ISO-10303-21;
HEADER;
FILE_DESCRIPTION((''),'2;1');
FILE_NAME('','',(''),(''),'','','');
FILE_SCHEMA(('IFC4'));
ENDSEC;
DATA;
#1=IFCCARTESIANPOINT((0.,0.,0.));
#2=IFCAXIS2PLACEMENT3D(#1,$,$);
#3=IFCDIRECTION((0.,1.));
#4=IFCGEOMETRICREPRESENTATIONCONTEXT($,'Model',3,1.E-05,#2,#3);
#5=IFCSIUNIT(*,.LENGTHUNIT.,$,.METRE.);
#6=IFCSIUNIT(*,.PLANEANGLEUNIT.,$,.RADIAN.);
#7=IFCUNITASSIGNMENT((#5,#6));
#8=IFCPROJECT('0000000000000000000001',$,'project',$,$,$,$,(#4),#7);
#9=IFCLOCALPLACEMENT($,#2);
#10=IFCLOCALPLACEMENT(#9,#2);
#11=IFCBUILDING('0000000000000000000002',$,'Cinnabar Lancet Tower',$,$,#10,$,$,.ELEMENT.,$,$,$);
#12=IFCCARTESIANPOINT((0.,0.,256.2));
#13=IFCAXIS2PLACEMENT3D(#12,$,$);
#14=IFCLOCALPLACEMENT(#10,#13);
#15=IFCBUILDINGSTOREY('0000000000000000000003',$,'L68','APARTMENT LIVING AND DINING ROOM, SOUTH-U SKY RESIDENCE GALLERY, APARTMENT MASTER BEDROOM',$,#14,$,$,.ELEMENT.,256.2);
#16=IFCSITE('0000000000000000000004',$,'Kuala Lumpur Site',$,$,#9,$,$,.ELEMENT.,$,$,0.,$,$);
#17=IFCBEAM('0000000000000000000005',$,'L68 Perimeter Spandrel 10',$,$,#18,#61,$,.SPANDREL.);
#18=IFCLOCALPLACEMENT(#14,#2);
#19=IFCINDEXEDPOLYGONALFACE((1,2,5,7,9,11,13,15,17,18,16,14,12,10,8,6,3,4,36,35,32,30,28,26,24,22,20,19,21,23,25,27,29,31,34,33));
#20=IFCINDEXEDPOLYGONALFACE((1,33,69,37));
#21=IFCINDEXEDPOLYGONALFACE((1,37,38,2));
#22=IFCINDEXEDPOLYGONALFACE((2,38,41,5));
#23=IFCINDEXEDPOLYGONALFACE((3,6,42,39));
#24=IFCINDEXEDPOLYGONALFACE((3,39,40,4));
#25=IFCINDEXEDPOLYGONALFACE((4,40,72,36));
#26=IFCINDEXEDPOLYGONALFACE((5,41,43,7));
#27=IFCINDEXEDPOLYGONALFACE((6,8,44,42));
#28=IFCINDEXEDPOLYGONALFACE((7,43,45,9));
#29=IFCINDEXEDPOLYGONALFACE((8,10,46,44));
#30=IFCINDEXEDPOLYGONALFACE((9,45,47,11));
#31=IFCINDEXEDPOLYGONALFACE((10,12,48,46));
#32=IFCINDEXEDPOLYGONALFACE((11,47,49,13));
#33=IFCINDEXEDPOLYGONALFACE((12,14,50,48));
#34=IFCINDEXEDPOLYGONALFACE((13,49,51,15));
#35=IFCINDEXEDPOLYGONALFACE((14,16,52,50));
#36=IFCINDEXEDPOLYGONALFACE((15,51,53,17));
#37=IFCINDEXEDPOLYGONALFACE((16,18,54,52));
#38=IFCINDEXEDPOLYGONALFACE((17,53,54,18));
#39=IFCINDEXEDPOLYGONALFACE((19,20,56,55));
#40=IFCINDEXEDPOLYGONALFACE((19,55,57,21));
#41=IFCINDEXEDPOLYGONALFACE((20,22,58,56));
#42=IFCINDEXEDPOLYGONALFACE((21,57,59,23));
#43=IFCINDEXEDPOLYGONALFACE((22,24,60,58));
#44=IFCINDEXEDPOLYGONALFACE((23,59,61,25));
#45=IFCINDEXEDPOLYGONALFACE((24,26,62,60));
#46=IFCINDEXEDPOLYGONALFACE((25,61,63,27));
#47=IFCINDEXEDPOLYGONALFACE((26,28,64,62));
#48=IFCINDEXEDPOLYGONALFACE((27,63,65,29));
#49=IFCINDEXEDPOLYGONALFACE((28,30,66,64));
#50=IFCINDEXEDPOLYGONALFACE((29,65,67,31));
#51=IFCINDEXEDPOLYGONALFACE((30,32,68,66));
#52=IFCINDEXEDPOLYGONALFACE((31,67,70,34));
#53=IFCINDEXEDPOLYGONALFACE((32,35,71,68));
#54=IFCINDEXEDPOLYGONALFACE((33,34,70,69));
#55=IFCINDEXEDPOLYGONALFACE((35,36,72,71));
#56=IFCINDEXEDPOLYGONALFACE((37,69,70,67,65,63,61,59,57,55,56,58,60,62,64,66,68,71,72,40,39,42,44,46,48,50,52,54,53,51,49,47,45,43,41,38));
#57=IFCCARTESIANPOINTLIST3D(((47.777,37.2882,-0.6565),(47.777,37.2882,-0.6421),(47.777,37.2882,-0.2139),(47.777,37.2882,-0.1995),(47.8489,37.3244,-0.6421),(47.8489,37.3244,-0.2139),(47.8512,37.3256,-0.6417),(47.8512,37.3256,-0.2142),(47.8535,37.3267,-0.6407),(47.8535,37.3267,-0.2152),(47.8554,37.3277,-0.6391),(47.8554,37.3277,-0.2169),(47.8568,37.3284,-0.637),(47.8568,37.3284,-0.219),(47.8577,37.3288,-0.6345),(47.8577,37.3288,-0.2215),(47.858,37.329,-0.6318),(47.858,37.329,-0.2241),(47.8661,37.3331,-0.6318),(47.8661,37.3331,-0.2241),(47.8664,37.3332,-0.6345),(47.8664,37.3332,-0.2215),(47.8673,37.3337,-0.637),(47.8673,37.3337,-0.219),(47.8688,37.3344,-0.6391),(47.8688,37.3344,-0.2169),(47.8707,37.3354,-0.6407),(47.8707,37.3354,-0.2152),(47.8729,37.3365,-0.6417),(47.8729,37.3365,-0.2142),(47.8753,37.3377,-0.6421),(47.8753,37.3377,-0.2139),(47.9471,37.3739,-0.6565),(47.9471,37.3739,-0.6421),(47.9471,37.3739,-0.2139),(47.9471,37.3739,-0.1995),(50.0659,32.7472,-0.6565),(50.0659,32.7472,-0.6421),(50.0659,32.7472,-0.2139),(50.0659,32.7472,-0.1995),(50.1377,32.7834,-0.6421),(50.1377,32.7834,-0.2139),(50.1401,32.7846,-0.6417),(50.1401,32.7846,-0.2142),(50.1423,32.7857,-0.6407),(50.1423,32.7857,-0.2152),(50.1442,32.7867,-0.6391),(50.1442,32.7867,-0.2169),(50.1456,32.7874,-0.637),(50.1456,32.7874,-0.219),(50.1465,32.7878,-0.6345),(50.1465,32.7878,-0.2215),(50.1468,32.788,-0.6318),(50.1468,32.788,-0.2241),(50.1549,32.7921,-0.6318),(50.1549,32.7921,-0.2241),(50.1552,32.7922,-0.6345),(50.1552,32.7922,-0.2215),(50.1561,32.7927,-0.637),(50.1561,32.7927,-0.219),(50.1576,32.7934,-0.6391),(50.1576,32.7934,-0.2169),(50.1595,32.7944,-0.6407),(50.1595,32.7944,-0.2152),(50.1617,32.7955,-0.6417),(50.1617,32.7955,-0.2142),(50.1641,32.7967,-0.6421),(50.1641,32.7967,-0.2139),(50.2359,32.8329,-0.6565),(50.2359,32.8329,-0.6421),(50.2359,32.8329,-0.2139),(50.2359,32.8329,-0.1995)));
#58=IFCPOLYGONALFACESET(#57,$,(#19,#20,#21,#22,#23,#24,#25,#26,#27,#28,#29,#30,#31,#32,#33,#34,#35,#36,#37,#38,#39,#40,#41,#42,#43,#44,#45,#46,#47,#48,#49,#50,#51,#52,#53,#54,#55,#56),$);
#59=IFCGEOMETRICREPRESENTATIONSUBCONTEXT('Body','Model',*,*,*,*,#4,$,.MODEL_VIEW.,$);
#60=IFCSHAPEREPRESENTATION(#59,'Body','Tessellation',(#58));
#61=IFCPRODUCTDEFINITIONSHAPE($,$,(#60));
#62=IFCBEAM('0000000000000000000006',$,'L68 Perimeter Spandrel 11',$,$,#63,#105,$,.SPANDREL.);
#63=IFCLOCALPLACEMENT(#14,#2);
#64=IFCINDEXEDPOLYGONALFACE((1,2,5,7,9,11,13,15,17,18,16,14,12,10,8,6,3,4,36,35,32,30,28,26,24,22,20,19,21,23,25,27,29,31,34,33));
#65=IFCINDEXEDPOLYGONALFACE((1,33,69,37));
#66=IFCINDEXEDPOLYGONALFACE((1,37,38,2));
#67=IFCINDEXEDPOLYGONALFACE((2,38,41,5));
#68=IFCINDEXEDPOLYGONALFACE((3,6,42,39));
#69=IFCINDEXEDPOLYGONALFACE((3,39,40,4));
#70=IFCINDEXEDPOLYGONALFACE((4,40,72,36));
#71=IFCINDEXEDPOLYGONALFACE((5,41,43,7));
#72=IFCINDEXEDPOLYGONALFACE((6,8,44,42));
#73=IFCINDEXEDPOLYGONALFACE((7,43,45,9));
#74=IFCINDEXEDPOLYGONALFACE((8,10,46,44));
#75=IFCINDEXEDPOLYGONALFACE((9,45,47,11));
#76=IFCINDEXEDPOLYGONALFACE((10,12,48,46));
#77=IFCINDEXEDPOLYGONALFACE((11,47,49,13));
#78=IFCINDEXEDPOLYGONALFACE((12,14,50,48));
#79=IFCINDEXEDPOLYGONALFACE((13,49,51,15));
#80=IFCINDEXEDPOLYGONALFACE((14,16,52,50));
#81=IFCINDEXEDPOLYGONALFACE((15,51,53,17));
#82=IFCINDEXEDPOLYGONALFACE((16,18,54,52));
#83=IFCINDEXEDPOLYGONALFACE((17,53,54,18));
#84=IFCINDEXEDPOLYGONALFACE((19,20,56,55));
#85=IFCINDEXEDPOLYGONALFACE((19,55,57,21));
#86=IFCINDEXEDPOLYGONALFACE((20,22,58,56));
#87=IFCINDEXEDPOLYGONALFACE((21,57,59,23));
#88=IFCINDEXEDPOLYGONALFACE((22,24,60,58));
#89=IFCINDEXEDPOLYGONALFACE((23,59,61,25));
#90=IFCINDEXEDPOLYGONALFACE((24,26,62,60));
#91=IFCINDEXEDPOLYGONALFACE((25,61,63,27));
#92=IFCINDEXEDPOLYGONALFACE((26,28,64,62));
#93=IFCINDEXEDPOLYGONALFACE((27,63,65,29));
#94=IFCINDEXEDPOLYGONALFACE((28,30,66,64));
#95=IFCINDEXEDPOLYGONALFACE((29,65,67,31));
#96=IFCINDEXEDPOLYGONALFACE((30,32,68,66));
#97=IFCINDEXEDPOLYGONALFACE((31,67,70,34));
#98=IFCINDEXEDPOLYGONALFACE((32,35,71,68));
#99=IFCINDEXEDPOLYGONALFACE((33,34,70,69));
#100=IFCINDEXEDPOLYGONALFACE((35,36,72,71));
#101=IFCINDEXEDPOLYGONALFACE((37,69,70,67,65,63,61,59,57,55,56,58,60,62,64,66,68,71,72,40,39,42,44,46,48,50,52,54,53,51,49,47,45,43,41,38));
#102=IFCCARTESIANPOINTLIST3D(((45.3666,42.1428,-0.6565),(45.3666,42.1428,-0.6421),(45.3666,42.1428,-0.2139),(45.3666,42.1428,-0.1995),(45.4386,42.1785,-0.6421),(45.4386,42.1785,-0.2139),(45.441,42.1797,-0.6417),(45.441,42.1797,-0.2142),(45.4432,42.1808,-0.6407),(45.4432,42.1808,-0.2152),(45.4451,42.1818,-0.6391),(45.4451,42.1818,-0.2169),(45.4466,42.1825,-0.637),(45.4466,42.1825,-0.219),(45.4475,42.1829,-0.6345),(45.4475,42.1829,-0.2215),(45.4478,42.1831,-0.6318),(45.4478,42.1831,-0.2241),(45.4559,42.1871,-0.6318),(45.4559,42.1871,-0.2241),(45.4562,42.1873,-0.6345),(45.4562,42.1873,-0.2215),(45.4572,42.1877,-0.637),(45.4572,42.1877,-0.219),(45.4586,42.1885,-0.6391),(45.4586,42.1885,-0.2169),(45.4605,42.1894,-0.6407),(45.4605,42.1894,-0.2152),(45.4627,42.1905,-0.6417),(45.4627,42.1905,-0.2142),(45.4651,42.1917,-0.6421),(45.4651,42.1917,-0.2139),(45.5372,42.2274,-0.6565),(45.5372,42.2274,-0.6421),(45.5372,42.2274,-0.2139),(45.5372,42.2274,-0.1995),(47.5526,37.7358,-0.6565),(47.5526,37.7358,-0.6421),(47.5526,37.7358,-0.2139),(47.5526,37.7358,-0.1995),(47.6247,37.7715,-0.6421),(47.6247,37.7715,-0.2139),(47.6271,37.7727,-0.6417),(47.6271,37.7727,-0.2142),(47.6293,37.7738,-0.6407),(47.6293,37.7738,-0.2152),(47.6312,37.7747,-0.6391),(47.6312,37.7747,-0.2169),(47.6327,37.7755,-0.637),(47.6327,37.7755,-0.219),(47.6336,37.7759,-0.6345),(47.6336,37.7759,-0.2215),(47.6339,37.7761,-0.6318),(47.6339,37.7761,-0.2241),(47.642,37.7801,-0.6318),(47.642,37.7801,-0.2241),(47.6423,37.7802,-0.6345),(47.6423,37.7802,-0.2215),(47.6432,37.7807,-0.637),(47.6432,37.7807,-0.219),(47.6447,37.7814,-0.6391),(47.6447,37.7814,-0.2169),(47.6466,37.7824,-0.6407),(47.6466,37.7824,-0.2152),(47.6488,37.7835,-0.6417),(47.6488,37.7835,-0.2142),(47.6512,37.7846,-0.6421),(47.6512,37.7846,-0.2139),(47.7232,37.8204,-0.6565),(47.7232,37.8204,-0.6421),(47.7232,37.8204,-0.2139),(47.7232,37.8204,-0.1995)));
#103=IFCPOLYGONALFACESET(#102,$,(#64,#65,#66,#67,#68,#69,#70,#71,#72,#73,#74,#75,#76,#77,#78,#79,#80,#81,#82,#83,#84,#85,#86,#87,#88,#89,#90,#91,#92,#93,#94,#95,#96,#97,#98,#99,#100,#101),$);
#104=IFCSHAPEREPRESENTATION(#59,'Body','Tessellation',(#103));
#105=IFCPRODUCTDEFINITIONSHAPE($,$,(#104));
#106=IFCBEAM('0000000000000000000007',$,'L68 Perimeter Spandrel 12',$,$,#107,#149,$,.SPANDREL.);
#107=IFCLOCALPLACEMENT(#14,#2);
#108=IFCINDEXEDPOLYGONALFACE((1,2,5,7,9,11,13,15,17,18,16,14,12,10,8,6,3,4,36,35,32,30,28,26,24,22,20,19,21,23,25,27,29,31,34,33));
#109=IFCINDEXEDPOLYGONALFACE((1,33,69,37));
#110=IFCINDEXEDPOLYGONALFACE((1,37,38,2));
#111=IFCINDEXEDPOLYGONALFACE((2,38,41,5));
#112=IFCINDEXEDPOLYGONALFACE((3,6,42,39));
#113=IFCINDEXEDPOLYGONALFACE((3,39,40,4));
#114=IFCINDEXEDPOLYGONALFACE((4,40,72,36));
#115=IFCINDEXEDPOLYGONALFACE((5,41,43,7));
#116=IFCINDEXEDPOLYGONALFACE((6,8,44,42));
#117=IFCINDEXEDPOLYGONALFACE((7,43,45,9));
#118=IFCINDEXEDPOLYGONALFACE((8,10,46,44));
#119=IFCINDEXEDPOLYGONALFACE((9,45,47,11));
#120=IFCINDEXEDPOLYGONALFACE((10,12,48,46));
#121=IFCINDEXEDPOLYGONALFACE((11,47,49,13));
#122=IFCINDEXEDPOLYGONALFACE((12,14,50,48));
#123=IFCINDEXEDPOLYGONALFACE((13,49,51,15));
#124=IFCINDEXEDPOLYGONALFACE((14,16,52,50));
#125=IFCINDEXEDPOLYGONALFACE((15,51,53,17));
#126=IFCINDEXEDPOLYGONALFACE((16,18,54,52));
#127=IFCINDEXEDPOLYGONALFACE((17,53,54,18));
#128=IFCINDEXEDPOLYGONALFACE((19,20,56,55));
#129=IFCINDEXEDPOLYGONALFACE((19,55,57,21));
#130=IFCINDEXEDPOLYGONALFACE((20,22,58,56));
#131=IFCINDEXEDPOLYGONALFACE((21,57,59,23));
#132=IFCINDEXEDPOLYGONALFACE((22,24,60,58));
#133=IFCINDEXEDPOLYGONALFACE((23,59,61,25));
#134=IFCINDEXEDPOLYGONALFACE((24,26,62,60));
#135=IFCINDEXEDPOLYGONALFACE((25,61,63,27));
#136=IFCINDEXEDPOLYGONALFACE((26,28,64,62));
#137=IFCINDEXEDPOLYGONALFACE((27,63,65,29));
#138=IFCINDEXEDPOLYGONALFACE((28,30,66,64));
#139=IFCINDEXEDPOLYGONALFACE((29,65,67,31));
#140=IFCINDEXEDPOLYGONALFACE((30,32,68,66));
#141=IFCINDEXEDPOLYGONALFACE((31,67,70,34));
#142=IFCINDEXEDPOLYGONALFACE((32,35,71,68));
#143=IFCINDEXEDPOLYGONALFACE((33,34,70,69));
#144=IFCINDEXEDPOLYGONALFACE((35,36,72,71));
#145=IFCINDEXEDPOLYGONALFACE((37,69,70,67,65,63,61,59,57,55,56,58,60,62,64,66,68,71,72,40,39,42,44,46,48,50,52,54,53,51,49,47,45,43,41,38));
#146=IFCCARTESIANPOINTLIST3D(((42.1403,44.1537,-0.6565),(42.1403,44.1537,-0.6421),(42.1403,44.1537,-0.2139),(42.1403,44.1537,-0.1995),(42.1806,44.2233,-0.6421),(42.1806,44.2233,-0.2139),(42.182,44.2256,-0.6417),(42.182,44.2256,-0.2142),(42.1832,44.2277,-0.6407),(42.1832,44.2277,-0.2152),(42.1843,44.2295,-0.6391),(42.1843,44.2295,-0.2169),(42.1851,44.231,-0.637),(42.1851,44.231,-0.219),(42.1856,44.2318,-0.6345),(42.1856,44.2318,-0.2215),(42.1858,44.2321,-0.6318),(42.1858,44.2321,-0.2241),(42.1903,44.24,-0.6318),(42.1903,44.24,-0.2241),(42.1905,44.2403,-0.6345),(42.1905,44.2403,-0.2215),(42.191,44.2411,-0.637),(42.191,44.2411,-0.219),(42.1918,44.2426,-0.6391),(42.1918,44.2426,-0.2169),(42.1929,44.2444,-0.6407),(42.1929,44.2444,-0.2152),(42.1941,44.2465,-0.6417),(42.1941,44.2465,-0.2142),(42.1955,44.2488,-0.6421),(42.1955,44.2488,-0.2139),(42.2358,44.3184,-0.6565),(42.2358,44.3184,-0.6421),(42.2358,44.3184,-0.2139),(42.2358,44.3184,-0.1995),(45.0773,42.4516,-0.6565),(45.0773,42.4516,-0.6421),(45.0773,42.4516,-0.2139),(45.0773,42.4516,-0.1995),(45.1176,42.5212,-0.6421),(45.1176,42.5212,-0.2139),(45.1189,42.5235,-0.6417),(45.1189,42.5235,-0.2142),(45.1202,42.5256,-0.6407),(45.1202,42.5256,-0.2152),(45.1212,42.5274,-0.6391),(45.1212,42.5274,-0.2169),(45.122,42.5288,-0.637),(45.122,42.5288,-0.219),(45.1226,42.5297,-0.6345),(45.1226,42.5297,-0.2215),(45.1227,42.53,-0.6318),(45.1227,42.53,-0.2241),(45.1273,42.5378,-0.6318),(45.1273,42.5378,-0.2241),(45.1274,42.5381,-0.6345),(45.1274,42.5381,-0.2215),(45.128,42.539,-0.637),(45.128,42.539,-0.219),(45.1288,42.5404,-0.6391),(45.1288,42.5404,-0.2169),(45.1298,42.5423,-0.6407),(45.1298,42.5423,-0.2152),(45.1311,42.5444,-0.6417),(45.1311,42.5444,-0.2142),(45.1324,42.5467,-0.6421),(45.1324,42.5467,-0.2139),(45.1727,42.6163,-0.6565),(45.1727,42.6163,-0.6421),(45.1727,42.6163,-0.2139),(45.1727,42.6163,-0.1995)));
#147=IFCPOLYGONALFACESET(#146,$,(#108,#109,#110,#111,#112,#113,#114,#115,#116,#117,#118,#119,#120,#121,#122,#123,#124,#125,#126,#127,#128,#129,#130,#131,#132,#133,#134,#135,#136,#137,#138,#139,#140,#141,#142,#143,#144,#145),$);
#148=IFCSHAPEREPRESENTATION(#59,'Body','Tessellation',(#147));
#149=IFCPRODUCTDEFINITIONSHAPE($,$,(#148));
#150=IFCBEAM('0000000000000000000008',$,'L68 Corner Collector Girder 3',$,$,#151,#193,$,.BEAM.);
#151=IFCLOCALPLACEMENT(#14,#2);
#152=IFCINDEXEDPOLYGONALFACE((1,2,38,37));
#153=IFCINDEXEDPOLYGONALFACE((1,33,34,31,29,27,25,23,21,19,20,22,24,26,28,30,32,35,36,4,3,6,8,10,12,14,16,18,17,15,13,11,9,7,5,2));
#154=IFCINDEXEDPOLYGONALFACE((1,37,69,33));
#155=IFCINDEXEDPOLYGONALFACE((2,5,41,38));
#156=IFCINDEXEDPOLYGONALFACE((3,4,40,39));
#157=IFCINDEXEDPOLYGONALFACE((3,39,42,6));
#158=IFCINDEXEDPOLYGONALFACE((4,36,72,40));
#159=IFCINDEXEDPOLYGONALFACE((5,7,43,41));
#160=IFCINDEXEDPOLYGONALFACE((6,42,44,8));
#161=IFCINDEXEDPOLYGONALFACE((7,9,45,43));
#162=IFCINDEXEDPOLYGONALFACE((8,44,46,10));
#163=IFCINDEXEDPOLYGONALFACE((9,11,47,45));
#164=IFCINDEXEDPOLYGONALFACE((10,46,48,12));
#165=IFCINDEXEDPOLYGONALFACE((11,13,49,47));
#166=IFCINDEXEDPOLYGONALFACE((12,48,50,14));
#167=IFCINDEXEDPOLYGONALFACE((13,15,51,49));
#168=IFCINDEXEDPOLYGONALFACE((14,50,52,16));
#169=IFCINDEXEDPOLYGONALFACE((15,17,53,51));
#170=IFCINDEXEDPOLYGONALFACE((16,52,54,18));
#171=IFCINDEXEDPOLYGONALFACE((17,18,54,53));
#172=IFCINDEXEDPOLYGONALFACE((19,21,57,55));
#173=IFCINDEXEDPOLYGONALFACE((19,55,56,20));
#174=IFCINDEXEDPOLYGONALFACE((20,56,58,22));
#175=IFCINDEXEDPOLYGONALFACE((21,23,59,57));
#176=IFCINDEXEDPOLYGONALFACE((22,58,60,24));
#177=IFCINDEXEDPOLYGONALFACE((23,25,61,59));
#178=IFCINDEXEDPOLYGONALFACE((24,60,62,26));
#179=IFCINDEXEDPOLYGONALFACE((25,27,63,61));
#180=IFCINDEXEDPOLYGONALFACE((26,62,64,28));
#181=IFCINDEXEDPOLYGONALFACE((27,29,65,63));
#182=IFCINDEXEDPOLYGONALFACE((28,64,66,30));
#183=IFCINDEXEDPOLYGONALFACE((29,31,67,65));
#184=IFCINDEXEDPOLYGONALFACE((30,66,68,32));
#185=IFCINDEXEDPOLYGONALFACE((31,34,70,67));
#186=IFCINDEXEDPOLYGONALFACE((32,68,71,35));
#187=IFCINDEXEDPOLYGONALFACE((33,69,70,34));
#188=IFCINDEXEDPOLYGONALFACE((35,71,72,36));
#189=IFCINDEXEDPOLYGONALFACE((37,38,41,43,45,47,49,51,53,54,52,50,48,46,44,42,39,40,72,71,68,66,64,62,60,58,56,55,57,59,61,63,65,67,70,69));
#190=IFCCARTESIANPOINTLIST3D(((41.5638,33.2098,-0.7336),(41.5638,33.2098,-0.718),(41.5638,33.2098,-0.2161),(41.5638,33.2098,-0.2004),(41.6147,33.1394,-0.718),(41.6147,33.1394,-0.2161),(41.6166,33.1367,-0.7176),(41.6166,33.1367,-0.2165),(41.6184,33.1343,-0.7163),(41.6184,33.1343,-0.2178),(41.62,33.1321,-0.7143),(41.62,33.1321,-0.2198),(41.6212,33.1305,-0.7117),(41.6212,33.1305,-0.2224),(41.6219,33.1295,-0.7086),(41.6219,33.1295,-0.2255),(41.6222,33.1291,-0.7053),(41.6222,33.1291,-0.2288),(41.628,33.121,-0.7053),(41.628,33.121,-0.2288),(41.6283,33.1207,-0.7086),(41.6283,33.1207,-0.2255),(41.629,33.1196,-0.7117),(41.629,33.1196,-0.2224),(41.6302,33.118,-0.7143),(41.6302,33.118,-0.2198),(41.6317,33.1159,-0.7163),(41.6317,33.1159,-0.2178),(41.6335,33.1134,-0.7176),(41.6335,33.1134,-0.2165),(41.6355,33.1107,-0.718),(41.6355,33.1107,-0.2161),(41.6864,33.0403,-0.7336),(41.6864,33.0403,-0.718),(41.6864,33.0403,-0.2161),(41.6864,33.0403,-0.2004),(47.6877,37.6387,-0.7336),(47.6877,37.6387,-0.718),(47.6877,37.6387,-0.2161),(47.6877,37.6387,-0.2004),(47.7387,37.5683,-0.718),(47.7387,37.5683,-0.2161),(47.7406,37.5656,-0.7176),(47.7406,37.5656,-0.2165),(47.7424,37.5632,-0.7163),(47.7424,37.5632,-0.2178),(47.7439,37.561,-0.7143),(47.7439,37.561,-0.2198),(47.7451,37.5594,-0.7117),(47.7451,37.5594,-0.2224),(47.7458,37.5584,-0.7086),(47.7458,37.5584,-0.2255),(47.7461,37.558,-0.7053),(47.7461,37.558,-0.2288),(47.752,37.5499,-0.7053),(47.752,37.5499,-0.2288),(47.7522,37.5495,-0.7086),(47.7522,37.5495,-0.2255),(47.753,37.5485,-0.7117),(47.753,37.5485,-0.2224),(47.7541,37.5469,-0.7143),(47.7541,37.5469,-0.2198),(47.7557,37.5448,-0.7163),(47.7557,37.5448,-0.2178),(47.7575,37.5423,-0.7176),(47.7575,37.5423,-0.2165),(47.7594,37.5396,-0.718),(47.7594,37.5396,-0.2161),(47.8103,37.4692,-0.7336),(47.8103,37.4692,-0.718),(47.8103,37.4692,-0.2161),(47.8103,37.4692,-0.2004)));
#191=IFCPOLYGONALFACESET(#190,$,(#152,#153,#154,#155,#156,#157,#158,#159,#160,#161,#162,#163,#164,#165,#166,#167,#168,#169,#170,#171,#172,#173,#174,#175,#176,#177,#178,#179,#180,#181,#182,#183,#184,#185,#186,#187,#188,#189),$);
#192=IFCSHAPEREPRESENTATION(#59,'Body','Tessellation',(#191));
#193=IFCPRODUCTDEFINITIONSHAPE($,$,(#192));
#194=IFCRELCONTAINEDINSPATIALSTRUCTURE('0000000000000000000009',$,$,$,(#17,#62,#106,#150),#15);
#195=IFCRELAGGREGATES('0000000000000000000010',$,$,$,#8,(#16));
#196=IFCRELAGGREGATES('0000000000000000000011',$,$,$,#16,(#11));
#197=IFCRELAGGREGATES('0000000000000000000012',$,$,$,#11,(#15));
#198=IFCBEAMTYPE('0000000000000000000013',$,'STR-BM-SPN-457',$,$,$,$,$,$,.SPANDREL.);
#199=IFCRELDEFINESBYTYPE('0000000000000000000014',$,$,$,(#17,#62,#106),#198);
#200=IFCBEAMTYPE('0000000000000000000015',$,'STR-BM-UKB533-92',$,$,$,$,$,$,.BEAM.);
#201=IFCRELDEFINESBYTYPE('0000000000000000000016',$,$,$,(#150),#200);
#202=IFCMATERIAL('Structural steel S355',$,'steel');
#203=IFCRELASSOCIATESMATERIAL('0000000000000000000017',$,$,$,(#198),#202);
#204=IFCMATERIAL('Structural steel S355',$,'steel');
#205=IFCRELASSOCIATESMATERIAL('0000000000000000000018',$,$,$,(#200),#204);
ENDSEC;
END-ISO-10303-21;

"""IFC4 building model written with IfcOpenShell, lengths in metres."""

from ifc_helpers import new_model, si_unit, direction, frame, origin, origin_2d, place, context, subcontext, project, spatial, i_section, extrude, material, material_profile, profile_set, type_object, element, save


model = new_model("IFC4")

# Units and contexts
model_context = context("Model", 3, precision=1e-05, world=origin(), true_north=direction((0.0, 1.0)))
body_context = subcontext(model_context, "Body", "Model", "MODEL_VIEW")
ifc_project = project(units=[si_unit("LENGTHUNIT", "METRE"), si_unit("PLANEANGLEUNIT", "RADIAN")], contexts=[model_context])

# Site, building, storey
site_placement = place(None, origin())
site = spatial("IfcSite", under=ifc_project, at=site_placement, Name="Kuala Lumpur Site", CompositionType="ELEMENT", RefElevation=0.0)
building_placement = place(site_placement, origin())
building = spatial("IfcBuilding", under=site, at=building_placement, Name="Cinnabar Lancet Tower", CompositionType="ELEMENT")
storey_placement = place(building_placement, frame((0.0, 0.0, 256.2)))
storey = spatial("IfcBuildingStorey", under=building, at=storey_placement, Name="L68", Description="APARTMENT LIVING AND DINING ROOM, SOUTH-U SKY RESIDENCE GALLERY, APARTMENT MASTER BEDROOM", CompositionType="ELEMENT", Elevation=256.2)

# Beams
ifc_material_1 = material(Name="Structural steel S355", Category="steel")
ifc_material_profile_1 = material_profile(ifc_material_1, i_section(OverallWidth=0.1904, OverallDepth=0.457, WebThickness=0.009, FlangeThickness=0.0144, FilletRadius=0.0103, at=origin_2d()), Name="UKB 457x191x74")
ifc_profile_set_1 = profile_set([ifc_material_profile_1], Name="Structural steel S355")
beam_type_1 = type_object("IfcBeamType", Name="STR-BM-SPN-457", PredefinedType="SPANDREL", material=ifc_profile_set_1)
beam_1_placement = place(storey_placement, frame((50.1509, 32.79, -0.428), z_axis=(-0.450092, 0.892982, 0.0), x_axis=(-0.892982, -0.450092, 0.0)))
element("IfcBeam", 1, at=beam_1_placement, inside=storey, type_object=beam_type_1, Name="L68 Perimeter Spandrel 10", PredefinedType="SPANDREL", context=body_context, shape_type="SweptSolid", body=[
    extrude(i_section(OverallWidth=0.1904, OverallDepth=0.457, WebThickness=0.009, FlangeThickness=0.0144, FilletRadius=0.0103, at=origin_2d()), origin(), (0.0, 0.0, 1.0), 5.0852),
])
beam_2_placement = place(storey_placement, frame((47.6379, 37.7781, -0.428), z_axis=(-0.444373, 0.895842, 0.0), x_axis=(-0.895842, -0.444373, 0.0)))
element("IfcBeam", 2, at=beam_2_placement, inside=storey, type_object=beam_type_1, Name="L68 Perimeter Spandrel 11", PredefinedType="SPANDREL", context=body_context, shape_type="SweptSolid", body=[
    extrude(i_section(OverallWidth=0.1904, OverallDepth=0.457, WebThickness=0.009, FlangeThickness=0.0144, FilletRadius=0.0103, at=origin_2d()), origin(), (0.0, 0.0, 1.0), 4.9194),
])
beam_3_placement = place(storey_placement, frame((45.125, 42.5339, -0.428), z_axis=(-0.8652, 0.501427, 0.0), x_axis=(-0.501427, -0.8652, 0.0)))
element("IfcBeam", 3, at=beam_3_placement, inside=storey, type_object=beam_type_1, Name="L68 Perimeter Spandrel 12", PredefinedType="SPANDREL", context=body_context, shape_type="SweptSolid", body=[
    extrude(i_section(OverallWidth=0.1904, OverallDepth=0.457, WebThickness=0.009, FlangeThickness=0.0144, FilletRadius=0.0103, at=origin_2d()), origin(), (0.0, 0.0, 1.0), 3.3945),
])
ifc_material_2 = material(Name="Structural steel S355", Category="steel")
ifc_material_profile_2 = material_profile(ifc_material_2, i_section(OverallWidth=0.2092, OverallDepth=0.5332, WebThickness=0.01, FlangeThickness=0.0156, FilletRadius=0.0127, at=origin_2d()), Name="UKB 533x210x92")
ifc_profile_set_2 = profile_set([ifc_material_profile_2], Name="Structural steel S355")
beam_type_2 = type_object("IfcBeamType", Name="STR-BM-UKB533-92", PredefinedType="BEAM", material=ifc_profile_set_2)
beam_4_placement = place(storey_placement, frame((47.749, 37.554, -0.467), z_axis=(-0.810299, -0.586016, 0.0), x_axis=(0.586016, -0.810299, 0.0)))
element("IfcBeam", 4, at=beam_4_placement, inside=storey, type_object=beam_type_2, Name="L68 Corner Collector Girder 3", PredefinedType="BEAM", context=body_context, shape_type="SweptSolid", body=[
    extrude(i_section(OverallWidth=0.2092, OverallDepth=0.5332, WebThickness=0.01, FlangeThickness=0.0156, FilletRadius=0.0127, at=origin_2d()), origin(), (0.0, 0.0, 1.0), 7.5576),
])

save(model, "model.ifc")
